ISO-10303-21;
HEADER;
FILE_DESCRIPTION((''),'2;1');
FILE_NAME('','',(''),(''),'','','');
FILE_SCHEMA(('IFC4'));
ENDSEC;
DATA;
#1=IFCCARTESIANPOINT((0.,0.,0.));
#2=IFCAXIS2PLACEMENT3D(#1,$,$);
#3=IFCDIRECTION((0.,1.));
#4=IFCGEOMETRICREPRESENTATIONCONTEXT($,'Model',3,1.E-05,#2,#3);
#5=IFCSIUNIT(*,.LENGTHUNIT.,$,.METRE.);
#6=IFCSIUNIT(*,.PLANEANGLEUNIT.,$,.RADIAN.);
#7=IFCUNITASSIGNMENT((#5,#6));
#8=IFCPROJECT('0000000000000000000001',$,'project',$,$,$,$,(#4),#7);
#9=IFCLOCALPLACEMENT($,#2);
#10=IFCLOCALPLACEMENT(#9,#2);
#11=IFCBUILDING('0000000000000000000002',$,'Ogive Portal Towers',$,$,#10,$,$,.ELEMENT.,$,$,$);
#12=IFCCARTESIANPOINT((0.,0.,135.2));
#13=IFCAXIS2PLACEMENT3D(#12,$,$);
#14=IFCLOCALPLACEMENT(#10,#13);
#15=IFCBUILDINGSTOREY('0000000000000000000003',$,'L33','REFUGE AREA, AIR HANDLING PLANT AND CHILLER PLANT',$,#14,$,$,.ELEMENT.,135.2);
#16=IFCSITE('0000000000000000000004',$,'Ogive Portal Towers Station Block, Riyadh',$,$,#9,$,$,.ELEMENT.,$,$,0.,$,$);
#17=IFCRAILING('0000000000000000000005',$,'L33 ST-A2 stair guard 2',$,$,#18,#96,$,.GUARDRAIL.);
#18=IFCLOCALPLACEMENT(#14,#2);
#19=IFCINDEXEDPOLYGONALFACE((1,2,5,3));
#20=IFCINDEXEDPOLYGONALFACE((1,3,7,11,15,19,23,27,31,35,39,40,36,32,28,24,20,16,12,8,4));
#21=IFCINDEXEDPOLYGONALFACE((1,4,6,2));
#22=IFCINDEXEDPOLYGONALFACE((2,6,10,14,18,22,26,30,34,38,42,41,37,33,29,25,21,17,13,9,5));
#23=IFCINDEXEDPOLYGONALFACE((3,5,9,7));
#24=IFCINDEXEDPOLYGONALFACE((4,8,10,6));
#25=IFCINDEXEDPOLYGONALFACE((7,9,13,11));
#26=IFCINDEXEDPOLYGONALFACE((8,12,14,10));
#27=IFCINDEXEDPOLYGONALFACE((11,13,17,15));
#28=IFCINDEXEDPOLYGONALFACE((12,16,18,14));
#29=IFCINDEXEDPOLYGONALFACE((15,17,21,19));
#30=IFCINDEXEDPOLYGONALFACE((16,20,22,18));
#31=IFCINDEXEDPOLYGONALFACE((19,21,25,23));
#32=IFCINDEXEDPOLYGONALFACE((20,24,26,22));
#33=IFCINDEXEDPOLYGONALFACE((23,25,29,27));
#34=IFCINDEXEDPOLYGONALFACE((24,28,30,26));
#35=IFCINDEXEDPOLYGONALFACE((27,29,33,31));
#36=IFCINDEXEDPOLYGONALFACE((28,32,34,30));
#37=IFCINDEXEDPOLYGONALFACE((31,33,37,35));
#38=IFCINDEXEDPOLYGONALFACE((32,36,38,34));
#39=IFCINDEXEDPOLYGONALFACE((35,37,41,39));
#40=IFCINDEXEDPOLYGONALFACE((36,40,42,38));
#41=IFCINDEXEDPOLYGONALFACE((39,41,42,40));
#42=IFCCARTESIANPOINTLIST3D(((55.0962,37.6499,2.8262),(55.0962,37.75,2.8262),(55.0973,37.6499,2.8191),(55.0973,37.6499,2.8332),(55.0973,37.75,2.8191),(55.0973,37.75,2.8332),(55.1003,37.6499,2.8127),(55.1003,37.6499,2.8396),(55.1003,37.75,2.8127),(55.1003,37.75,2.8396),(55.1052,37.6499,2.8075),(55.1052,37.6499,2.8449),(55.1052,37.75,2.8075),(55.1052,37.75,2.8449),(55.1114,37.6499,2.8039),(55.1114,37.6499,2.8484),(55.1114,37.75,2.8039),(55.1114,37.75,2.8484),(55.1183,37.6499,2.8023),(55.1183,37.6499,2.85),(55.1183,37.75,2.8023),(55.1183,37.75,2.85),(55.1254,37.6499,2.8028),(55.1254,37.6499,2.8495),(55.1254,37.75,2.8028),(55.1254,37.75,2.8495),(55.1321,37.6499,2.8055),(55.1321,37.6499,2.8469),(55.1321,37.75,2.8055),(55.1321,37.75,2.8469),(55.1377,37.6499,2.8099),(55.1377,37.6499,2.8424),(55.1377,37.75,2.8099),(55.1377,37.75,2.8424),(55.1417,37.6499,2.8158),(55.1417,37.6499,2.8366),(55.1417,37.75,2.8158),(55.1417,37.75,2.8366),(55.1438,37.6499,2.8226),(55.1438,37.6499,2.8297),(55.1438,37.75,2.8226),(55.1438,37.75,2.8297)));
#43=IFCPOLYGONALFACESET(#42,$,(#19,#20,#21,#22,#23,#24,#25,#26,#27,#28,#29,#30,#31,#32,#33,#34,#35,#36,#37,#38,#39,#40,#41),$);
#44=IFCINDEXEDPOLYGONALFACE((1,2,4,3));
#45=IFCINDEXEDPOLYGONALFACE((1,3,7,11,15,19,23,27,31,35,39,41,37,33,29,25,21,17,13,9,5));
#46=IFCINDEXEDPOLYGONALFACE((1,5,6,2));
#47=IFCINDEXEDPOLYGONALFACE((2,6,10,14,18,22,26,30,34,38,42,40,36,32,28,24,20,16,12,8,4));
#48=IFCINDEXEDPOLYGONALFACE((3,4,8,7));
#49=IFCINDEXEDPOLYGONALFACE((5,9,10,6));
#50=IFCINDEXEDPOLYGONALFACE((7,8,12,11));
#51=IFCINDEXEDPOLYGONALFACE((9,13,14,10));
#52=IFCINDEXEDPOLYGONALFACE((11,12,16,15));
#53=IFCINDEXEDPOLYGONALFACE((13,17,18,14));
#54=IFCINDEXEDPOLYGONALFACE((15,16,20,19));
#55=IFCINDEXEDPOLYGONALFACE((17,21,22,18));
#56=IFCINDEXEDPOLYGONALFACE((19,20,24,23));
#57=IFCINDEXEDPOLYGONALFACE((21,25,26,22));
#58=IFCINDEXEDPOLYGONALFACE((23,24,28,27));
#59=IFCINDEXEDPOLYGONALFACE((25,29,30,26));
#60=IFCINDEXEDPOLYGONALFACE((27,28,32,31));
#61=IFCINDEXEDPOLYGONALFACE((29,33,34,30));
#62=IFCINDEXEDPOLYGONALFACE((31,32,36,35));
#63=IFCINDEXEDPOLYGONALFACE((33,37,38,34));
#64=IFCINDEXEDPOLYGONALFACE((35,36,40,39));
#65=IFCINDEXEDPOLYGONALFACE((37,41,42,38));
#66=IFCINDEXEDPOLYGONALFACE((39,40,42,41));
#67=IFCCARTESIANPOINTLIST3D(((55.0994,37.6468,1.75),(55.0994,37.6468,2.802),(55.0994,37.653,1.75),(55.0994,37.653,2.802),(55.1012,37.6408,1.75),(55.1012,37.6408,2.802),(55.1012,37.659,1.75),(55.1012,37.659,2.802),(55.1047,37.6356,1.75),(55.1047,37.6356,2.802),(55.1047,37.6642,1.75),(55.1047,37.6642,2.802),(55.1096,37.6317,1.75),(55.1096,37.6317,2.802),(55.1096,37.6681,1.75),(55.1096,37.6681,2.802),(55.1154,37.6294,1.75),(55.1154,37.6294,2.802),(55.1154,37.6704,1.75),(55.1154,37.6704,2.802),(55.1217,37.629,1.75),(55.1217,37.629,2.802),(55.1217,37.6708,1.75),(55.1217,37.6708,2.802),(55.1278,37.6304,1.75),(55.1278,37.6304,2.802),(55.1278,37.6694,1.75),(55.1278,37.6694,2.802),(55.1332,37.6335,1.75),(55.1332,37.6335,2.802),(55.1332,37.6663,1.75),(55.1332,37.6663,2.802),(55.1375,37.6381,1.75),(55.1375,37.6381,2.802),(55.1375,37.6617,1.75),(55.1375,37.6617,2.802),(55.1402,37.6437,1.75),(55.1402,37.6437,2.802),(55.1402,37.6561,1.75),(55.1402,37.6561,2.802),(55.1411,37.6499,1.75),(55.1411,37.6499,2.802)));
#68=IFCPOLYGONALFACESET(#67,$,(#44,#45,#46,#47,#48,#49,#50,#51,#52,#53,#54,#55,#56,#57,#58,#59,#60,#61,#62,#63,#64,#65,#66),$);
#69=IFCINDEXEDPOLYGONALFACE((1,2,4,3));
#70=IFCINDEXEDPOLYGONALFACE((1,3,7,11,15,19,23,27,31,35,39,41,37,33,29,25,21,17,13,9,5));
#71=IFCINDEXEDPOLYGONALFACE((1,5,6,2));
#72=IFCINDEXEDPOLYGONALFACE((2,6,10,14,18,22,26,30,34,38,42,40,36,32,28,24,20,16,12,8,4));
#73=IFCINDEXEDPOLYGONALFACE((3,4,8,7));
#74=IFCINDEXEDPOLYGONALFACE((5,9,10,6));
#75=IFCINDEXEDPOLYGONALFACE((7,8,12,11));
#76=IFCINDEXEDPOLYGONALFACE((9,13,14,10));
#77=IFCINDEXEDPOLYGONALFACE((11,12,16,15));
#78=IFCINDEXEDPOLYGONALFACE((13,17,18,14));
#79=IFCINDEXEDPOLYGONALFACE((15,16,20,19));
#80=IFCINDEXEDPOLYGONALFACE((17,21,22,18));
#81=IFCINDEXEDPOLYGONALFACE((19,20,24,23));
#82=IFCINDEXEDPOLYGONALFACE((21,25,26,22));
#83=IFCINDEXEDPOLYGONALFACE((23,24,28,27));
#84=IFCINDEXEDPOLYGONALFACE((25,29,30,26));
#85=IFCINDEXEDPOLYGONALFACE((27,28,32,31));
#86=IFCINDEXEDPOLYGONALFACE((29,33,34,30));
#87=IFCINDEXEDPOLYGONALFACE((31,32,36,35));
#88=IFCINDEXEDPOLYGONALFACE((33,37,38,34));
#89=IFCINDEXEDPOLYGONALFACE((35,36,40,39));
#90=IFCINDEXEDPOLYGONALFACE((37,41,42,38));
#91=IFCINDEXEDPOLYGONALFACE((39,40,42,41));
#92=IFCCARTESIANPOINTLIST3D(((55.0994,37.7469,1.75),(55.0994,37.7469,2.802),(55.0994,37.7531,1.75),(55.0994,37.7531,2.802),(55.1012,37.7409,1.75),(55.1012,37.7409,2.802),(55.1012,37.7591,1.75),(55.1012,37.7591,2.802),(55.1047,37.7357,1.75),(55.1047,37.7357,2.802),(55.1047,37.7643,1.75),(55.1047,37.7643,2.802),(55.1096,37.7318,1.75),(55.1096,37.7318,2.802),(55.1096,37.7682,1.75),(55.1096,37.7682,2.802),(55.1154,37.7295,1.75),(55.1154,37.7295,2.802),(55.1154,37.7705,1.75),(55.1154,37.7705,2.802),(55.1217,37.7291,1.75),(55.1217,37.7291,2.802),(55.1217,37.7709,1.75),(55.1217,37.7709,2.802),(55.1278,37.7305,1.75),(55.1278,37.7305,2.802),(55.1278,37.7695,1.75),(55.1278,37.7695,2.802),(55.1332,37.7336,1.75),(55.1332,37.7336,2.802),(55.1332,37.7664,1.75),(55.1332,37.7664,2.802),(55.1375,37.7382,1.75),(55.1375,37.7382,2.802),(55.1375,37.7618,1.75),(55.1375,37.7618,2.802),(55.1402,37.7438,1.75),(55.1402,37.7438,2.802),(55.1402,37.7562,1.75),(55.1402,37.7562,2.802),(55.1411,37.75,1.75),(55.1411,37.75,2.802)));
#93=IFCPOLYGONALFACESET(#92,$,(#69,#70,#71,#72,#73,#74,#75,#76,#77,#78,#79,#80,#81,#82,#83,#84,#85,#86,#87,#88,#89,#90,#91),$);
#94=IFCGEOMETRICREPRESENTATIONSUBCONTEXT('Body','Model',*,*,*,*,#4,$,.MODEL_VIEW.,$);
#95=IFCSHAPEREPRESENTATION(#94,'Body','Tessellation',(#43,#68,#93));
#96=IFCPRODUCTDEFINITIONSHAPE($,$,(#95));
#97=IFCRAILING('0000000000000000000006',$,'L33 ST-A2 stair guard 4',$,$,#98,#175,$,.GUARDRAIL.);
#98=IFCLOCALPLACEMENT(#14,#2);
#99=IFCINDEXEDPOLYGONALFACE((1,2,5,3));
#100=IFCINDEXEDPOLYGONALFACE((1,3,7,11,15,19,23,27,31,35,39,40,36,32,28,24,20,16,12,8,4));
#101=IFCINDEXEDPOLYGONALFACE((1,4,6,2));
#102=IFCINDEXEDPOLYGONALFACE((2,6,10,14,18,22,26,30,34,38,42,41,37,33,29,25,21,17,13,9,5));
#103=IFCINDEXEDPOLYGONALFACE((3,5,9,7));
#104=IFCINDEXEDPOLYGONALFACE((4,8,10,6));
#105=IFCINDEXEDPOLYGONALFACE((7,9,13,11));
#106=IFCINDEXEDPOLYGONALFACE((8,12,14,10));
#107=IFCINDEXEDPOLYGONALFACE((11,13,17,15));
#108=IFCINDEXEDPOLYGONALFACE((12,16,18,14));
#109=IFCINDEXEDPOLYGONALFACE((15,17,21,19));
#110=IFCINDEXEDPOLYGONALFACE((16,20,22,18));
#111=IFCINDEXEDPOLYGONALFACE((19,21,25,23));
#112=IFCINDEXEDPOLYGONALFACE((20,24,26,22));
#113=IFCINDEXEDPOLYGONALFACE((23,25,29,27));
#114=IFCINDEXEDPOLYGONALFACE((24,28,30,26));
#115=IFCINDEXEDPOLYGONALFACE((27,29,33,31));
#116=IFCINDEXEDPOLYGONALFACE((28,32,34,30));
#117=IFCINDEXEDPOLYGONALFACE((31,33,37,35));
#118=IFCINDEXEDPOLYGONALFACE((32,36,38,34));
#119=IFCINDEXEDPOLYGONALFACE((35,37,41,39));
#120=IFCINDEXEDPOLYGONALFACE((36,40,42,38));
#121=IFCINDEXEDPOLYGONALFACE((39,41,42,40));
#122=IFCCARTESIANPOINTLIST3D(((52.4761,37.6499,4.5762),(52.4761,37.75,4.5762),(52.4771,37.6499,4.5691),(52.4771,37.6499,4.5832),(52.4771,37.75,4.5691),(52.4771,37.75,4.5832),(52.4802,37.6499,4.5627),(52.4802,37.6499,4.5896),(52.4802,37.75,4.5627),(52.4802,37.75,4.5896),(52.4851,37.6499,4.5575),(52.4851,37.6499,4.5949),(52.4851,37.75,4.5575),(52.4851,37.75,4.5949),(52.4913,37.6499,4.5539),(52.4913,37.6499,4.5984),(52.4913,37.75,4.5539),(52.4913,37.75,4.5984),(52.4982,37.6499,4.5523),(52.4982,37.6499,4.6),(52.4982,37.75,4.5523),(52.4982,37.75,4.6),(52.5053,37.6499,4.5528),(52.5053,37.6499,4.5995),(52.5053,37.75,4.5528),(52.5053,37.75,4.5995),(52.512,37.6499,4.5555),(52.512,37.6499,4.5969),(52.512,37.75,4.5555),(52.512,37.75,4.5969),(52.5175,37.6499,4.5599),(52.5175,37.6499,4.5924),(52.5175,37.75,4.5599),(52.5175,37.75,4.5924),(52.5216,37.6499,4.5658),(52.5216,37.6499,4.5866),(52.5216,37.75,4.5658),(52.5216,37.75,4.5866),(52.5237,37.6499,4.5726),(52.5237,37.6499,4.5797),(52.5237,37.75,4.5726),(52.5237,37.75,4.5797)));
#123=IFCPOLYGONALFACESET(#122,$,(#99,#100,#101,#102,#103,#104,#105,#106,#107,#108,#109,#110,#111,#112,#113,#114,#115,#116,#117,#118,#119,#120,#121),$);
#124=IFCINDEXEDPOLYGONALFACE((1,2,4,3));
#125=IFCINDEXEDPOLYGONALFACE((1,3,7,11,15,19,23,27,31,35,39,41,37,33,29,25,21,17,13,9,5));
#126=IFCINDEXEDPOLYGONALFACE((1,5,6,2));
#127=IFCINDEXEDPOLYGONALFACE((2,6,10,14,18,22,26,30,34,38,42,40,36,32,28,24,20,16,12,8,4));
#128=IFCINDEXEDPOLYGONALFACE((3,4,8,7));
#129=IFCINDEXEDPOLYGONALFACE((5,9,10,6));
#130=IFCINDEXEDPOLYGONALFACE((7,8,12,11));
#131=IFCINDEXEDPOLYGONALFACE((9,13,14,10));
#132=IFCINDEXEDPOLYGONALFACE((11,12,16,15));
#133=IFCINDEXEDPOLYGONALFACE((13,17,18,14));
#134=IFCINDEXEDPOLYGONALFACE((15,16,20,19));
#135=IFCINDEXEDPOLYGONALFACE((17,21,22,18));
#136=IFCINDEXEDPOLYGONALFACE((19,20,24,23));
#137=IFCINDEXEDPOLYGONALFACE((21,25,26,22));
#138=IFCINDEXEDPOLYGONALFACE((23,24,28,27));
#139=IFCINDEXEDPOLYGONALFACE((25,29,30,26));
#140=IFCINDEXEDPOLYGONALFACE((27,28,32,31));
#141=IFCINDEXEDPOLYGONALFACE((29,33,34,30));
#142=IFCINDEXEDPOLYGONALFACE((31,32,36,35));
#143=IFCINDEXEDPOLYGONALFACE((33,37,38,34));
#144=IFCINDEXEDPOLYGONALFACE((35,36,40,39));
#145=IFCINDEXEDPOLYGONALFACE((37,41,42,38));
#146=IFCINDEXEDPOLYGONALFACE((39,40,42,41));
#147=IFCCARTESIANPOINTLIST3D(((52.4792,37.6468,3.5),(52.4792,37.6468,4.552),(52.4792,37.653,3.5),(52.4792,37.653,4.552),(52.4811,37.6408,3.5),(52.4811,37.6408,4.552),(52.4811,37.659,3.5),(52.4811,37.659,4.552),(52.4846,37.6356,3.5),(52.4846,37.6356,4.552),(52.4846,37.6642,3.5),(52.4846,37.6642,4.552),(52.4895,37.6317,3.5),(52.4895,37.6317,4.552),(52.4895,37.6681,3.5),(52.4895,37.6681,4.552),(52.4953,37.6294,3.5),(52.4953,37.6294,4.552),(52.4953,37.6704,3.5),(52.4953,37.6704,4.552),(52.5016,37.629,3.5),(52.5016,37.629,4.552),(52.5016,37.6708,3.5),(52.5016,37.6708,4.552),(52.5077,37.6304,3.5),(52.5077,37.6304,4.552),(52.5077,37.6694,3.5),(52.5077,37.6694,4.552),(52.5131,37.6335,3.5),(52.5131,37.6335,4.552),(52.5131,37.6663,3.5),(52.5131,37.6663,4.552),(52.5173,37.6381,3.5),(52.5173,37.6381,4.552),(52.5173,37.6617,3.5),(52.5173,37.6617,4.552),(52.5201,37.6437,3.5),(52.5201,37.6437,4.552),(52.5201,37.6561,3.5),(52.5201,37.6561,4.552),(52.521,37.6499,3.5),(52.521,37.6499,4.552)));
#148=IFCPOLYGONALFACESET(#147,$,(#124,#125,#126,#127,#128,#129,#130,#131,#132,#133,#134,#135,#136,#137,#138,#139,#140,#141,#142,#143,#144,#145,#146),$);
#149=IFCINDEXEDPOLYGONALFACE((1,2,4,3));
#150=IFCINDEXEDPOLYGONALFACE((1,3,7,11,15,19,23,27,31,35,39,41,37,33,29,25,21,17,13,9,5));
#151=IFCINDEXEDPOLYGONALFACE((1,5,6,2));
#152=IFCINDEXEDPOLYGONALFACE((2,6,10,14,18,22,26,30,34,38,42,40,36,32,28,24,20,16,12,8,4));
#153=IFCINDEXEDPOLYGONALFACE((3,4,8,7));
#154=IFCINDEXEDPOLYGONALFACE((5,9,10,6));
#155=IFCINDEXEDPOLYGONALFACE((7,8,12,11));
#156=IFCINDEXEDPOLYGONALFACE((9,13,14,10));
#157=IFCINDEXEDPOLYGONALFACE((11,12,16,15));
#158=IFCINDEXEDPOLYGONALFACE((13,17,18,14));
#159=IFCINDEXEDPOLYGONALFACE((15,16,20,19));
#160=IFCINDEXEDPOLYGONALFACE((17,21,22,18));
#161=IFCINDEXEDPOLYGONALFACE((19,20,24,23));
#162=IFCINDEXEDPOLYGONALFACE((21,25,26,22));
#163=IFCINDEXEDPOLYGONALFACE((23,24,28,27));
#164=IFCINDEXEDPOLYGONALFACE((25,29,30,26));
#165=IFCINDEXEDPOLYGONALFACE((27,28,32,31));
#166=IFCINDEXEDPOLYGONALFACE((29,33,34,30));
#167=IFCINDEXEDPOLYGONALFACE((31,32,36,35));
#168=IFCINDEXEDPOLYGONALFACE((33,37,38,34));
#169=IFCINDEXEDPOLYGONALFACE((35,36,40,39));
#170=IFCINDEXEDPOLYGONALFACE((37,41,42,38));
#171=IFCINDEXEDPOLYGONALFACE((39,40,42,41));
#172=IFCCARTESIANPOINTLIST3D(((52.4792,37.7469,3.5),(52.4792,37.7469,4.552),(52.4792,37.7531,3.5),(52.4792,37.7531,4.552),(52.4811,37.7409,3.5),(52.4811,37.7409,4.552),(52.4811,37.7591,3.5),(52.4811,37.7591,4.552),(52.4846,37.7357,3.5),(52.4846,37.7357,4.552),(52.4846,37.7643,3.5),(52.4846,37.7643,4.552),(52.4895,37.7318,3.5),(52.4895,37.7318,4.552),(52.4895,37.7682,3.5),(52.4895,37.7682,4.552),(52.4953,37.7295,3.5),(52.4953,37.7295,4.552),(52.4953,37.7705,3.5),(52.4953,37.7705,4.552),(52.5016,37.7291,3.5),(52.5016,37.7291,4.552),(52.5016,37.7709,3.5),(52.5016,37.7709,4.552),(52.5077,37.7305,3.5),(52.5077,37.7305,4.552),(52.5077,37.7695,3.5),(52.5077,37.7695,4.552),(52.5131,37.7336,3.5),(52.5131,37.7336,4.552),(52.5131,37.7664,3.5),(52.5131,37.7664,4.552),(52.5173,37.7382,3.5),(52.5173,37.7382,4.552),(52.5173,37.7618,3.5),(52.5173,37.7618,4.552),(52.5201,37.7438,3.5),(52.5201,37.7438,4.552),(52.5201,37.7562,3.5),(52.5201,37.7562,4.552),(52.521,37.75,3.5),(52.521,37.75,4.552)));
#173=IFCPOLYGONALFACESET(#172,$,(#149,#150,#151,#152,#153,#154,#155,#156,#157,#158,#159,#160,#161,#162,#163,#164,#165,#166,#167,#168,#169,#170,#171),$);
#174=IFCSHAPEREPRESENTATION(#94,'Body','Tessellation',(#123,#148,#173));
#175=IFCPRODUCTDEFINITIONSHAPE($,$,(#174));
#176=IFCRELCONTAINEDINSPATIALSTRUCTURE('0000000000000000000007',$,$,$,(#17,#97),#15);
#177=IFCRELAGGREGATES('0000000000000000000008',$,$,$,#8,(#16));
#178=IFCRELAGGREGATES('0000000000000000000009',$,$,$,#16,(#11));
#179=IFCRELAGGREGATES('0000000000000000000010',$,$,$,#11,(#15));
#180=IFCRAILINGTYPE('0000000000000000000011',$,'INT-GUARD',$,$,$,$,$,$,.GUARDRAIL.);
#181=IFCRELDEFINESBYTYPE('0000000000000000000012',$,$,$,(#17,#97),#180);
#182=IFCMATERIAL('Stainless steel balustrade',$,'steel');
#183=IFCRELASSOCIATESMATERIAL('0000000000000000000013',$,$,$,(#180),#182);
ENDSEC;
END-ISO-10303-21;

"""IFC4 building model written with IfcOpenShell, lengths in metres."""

from ifc_helpers import new_model, si_unit, direction, frame, origin, origin_2d, place, context, subcontext, project, spatial, circle, extrude, material, type_object, element, save


model = new_model("IFC4")

# Units and contexts
model_context = context("Model", 3, precision=1e-05, world=origin(), true_north=direction((0.0, 1.0)))
body_context = subcontext(model_context, "Body", "Model", "MODEL_VIEW")
ifc_project = project(units=[si_unit("LENGTHUNIT", "METRE"), si_unit("PLANEANGLEUNIT", "RADIAN")], contexts=[model_context])

# Site, building, storey
site_placement = place(None, origin())
site = spatial("IfcSite", under=ifc_project, at=site_placement, Name="Ogive Portal Towers Station Block, Riyadh", CompositionType="ELEMENT", RefElevation=0.0)
building_placement = place(site_placement, origin())
building = spatial("IfcBuilding", under=site, at=building_placement, Name="Ogive Portal Towers", CompositionType="ELEMENT")
storey_placement = place(building_placement, frame((0.0, 0.0, 135.2)))
storey = spatial("IfcBuildingStorey", under=building, at=storey_placement, Name="L33", Description="REFUGE AREA, AIR HANDLING PLANT AND CHILLER PLANT", CompositionType="ELEMENT", Elevation=135.2)

# Railings
ifc_material_1 = material(Name="Stainless steel balustrade", Category="steel")
railing_type_1 = type_object("IfcRailingType", Name="INT-GUARD", PredefinedType="GUARDRAIL", material=ifc_material_1)
for number, where, name in (
    (1, (55.1201, 37.6499, 1.75), "L33 ST-A2 stair guard 2"),
    (2, (52.5, 37.6499, 3.5), "L33 ST-A2 stair guard 4"),
):
    element("IfcRailing", number, at=place(storey_placement, frame(where)), inside=storey, type_object=railing_type_1, Name=name, PredefinedType="GUARDRAIL", context=body_context, shape_type="SweptSolid", body=[
        extrude(circle(Radius=0.0239, at=origin_2d()), frame((0.0, 0.0, 1.0762), z_axis=(0.0, 1.0, 0.0), x_axis=(-1.0, 0.0, 0.0)), (0.0, 0.0, 1.0), 0.1001),
        extrude(circle(Radius=0.021, at=origin_2d()), origin(), (0.0, 0.0, 1.0), 1.052),
        extrude(circle(Radius=0.021, at=origin_2d()), frame((0.0, 0.1001, 0.0)), (0.0, 0.0, 1.0), 1.052),
    ])

save(model, "model.ifc")
